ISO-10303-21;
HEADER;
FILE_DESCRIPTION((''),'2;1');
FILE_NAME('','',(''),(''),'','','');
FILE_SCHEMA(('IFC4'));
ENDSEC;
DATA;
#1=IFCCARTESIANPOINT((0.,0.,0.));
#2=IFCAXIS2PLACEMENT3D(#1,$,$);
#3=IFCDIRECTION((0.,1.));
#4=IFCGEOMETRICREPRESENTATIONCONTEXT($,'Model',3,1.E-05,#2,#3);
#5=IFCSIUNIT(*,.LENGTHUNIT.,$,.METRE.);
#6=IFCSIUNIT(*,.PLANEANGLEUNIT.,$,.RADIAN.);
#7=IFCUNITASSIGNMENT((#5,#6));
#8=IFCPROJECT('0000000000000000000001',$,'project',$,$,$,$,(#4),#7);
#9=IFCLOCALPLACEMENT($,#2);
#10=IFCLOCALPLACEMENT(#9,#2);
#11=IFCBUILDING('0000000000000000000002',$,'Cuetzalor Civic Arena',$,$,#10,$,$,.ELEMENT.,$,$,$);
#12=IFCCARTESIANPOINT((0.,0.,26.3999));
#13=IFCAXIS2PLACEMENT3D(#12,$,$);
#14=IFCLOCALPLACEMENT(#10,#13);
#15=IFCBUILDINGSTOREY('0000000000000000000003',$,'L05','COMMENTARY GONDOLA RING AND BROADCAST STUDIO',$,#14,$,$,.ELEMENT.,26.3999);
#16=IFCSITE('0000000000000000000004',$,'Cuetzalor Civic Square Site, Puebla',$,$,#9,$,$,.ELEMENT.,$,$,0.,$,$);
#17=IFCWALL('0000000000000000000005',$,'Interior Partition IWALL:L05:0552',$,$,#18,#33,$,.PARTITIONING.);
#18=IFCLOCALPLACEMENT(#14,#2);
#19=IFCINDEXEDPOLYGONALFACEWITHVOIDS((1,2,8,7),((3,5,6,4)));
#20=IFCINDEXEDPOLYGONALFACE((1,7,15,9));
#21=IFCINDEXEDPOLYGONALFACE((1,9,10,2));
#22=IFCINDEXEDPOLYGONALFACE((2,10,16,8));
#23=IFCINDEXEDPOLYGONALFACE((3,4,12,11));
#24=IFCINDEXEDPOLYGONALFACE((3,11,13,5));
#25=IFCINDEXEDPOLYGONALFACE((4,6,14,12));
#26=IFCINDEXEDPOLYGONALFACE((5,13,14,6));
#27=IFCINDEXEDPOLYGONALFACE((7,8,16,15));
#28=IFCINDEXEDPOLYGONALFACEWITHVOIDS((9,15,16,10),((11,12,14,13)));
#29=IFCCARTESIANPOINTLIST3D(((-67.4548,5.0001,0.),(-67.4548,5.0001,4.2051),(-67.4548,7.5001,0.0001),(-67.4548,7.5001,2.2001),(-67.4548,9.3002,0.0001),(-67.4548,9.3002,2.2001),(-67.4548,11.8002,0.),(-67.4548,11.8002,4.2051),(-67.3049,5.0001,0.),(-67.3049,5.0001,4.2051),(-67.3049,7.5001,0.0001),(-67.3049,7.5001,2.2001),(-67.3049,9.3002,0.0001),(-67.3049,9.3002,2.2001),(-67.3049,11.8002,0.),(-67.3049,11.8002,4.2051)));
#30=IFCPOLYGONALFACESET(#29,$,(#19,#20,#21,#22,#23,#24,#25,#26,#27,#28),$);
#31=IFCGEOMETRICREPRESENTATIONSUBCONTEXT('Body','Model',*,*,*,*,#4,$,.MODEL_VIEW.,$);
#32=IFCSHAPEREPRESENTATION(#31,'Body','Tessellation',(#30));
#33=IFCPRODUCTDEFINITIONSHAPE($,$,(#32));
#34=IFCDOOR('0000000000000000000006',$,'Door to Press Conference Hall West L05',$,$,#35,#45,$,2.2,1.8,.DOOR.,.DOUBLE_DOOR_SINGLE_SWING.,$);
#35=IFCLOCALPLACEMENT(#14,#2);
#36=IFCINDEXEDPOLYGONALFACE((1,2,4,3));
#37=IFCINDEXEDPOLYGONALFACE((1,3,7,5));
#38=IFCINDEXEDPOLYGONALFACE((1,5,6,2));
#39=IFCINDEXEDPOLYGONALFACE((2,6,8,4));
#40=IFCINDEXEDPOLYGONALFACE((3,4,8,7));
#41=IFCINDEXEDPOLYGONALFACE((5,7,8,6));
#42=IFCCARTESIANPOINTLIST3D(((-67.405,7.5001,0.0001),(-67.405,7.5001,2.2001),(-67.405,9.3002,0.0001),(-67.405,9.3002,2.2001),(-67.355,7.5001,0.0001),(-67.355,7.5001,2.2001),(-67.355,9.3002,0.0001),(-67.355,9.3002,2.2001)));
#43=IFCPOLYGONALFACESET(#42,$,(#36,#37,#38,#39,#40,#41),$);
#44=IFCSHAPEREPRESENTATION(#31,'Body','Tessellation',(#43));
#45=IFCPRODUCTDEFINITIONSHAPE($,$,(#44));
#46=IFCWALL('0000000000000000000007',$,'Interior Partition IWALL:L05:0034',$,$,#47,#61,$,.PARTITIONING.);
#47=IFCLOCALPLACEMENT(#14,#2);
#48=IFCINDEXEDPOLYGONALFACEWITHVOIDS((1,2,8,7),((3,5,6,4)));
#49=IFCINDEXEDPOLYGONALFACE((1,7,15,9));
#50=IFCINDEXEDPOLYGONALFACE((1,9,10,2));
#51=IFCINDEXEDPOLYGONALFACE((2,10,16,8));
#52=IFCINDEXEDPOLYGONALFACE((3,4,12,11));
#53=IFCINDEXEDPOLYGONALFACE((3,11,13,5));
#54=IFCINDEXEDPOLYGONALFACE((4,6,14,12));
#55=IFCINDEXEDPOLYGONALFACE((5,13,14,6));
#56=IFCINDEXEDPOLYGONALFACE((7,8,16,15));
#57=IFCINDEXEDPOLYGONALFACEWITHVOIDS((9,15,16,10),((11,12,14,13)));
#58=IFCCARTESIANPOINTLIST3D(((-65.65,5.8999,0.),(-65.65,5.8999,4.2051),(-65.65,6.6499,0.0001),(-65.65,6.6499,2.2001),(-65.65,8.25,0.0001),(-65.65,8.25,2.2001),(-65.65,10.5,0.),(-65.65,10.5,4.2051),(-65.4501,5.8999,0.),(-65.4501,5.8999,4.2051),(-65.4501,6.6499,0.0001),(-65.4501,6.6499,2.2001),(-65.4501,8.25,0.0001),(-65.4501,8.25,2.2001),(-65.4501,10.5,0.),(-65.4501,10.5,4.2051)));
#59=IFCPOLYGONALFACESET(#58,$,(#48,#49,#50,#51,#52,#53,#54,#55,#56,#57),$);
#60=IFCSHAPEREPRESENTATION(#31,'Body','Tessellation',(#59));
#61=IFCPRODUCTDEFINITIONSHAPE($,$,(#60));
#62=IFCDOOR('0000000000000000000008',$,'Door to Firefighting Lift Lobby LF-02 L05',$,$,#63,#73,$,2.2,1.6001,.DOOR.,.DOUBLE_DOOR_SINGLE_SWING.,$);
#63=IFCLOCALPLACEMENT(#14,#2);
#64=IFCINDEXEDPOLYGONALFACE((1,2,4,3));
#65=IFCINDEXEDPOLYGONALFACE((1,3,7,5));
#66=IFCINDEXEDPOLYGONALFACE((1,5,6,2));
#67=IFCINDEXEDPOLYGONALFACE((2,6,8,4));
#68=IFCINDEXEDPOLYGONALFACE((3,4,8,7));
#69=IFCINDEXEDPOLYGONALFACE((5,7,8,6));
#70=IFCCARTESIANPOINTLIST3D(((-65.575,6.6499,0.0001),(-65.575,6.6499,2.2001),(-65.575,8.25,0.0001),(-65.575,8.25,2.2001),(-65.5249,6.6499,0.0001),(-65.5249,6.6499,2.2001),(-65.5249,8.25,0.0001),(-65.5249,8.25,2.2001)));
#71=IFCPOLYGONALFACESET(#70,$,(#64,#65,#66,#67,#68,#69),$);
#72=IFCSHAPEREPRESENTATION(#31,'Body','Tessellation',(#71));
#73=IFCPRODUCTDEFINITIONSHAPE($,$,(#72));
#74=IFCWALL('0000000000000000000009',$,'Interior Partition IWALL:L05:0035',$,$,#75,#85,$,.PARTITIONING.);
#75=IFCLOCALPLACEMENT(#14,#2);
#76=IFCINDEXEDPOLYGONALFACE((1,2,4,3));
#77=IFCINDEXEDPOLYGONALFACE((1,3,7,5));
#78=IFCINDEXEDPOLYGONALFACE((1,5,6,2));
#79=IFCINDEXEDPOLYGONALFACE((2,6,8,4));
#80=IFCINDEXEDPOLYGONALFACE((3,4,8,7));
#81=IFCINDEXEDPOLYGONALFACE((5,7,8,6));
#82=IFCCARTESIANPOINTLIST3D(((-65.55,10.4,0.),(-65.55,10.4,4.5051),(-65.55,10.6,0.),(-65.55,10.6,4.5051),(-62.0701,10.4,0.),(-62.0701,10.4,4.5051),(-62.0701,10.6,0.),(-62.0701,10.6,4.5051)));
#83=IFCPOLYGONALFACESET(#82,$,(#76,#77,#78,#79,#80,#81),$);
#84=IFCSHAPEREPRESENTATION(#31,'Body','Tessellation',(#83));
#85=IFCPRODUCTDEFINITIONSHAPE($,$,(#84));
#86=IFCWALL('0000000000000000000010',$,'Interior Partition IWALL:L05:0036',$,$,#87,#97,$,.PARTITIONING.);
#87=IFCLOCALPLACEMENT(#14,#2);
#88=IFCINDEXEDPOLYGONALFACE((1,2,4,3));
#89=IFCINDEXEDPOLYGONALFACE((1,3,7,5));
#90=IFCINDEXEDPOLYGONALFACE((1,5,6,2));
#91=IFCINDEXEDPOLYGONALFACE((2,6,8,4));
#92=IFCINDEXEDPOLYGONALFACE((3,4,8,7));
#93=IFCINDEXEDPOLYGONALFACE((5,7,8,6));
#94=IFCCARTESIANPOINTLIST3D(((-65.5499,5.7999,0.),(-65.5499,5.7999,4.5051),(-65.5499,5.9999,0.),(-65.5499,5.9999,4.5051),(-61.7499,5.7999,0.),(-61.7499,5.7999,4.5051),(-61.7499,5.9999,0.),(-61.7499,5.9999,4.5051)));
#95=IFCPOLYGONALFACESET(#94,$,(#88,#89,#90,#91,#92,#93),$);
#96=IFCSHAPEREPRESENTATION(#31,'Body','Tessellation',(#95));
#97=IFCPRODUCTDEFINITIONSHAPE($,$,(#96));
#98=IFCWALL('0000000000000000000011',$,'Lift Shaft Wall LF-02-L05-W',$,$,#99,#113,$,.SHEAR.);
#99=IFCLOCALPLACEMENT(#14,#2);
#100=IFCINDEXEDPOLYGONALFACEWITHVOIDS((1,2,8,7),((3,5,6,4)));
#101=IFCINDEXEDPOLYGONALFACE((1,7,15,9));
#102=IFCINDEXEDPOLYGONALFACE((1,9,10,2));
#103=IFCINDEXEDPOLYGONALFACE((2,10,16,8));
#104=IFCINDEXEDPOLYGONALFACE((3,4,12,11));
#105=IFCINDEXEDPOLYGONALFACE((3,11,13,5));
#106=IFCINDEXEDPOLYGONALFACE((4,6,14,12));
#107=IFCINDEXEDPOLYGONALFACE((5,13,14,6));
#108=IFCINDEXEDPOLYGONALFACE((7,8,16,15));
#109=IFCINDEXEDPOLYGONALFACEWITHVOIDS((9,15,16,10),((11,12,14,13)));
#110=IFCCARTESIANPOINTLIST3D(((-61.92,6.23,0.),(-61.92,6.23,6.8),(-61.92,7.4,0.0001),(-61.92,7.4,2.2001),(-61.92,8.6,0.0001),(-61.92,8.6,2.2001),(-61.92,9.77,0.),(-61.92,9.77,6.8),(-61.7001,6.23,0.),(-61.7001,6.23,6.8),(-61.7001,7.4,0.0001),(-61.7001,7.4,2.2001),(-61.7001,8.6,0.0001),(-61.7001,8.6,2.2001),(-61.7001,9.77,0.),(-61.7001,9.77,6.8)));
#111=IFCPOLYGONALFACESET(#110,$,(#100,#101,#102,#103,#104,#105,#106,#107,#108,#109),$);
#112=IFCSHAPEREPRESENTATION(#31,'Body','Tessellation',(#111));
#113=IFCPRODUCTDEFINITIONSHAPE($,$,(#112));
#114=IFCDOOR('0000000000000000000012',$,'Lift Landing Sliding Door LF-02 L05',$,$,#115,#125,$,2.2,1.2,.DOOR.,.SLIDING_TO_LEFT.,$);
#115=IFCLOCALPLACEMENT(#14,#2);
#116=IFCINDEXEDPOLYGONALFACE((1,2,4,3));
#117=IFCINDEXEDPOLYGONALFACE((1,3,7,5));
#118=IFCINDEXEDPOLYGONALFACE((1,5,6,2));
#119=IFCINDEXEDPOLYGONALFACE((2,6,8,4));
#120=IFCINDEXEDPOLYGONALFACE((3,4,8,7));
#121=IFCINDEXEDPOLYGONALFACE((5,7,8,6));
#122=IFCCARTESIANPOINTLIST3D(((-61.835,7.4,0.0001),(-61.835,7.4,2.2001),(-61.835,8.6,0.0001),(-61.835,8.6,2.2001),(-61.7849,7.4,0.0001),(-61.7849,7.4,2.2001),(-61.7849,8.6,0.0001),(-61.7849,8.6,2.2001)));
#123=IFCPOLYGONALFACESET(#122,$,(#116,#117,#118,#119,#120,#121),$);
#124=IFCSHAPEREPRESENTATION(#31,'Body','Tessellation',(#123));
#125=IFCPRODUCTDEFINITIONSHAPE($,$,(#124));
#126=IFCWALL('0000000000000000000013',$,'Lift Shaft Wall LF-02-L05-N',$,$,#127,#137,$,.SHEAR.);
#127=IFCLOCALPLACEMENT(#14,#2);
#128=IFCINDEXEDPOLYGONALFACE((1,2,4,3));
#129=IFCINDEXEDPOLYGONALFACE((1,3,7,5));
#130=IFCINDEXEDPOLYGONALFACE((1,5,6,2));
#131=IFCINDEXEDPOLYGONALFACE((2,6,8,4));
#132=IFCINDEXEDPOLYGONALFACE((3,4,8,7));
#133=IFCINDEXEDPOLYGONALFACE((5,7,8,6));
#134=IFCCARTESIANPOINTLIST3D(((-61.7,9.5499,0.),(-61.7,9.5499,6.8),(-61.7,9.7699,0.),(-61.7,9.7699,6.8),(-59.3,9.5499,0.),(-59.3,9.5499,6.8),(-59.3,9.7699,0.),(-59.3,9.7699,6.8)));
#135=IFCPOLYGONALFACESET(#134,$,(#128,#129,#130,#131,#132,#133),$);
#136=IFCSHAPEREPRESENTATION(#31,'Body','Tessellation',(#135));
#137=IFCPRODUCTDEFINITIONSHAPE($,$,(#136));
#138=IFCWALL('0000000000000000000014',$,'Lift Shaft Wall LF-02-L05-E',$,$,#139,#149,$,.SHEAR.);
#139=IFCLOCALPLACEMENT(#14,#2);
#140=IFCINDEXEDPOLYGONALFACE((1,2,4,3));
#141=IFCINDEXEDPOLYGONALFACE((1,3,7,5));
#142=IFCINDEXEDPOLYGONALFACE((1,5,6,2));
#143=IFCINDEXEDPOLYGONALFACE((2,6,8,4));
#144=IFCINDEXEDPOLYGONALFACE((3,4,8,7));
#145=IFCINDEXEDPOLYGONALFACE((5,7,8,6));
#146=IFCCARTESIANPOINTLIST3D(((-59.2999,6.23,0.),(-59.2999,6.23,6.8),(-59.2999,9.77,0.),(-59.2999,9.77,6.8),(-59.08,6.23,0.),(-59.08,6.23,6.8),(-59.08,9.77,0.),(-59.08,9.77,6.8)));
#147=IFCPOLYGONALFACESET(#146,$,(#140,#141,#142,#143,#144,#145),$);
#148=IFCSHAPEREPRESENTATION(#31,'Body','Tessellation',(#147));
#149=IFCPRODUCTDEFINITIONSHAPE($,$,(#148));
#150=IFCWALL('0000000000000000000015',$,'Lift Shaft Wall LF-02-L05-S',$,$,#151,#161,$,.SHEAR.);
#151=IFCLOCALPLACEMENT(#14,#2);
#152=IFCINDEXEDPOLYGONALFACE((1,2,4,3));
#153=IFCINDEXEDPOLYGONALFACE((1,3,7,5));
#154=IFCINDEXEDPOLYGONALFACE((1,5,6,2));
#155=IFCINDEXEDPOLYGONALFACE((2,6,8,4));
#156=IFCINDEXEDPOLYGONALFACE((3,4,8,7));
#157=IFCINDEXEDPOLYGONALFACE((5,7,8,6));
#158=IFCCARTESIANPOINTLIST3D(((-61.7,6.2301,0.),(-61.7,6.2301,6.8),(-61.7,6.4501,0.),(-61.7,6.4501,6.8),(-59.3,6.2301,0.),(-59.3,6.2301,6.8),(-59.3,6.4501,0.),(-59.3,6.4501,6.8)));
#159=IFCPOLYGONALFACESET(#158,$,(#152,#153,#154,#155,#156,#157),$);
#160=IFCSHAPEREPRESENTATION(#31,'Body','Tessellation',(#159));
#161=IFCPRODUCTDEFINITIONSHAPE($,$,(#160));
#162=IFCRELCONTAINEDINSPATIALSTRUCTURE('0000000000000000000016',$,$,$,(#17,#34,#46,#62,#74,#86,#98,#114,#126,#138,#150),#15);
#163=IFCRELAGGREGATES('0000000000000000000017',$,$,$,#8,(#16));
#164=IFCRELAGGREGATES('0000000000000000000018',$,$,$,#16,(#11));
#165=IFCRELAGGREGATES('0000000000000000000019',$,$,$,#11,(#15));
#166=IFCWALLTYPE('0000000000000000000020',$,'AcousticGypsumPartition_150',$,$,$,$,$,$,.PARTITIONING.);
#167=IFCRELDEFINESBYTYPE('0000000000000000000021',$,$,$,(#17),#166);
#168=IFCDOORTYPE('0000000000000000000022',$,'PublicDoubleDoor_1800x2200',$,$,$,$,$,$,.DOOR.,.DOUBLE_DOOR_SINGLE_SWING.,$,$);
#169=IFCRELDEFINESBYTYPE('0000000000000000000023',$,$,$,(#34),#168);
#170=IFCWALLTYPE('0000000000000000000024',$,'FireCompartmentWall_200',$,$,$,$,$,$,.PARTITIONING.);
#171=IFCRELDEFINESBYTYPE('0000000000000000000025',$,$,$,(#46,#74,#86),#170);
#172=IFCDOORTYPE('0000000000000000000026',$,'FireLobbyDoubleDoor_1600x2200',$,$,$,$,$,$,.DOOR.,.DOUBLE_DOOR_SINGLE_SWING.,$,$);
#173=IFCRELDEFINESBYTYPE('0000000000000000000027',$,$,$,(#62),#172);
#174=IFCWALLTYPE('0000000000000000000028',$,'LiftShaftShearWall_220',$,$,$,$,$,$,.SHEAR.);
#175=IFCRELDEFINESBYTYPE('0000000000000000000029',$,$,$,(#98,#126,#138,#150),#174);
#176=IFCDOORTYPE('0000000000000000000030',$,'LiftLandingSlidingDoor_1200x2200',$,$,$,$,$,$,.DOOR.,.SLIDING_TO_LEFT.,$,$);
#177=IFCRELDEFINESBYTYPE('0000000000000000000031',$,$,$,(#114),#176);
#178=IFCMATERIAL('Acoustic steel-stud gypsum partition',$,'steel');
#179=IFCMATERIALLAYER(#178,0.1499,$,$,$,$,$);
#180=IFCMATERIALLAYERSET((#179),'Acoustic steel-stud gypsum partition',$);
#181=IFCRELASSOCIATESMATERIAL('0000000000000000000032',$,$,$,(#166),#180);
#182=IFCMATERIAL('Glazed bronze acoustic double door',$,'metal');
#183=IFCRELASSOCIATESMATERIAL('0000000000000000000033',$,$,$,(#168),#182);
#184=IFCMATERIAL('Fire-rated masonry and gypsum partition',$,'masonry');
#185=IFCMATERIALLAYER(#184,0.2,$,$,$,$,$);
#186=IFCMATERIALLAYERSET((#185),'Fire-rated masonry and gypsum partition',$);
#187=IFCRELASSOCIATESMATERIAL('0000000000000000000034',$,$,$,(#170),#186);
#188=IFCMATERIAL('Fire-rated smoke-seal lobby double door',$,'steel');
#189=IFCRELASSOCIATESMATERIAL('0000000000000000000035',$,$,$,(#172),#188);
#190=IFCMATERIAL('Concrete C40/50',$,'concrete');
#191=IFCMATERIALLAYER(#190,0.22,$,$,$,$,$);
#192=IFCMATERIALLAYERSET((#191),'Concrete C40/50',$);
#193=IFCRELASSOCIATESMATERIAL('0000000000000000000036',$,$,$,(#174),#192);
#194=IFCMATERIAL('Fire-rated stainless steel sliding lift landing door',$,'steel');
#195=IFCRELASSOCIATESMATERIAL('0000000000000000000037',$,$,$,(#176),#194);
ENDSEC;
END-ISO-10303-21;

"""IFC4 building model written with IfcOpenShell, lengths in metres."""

from ifc_helpers import new_model, si_unit, direction, frame, frame_2d, origin, place, context, subcontext, project, spatial, rectangle, extrude, material, layer, layer_set, type_object, element, fill, save


model = new_model("IFC4")

# Units and contexts
model_context = context("Model", 3, precision=1e-05, world=origin(), true_north=direction((0.0, 1.0)))
body_context = subcontext(model_context, "Body", "Model", "MODEL_VIEW")
ifc_project = project(units=[si_unit("LENGTHUNIT", "METRE"), si_unit("PLANEANGLEUNIT", "RADIAN")], contexts=[model_context])

# Site, building, storey
site_placement = place(None, origin())
site = spatial("IfcSite", under=ifc_project, at=site_placement, Name="Cuetzalor Civic Square Site, Puebla", CompositionType="ELEMENT", RefElevation=0.0)
building_placement = place(site_placement, origin())
building = spatial("IfcBuilding", under=site, at=building_placement, Name="Cuetzalor Civic Arena", CompositionType="ELEMENT")
storey_placement = place(building_placement, frame((0.0, 0.0, 26.3999)))
storey = spatial("IfcBuildingStorey", under=building, at=storey_placement, Name="L05", Description="COMMENTARY GONDOLA RING AND BROADCAST STUDIO", CompositionType="ELEMENT", Elevation=26.3999)

# Shared definitions
ifc_material_1 = material(Name="Acoustic steel-stud gypsum partition", Category="steel")
ifc_layer_1 = layer(ifc_material_1, 0.1499)
ifc_layer_set_1 = layer_set([ifc_layer_1], Name="Acoustic steel-stud gypsum partition")
wall_type_1 = type_object("IfcWallType", Name="AcousticGypsumPartition_150", PredefinedType="PARTITIONING", material=ifc_layer_set_1)

# Walls, openings, doors
wall_1_placement = place(storey_placement, frame((-67.3799, 11.8, 0.0), z_axis=(0.0, 0.0, 1.0), x_axis=(0.0, -1.0, 0.0)))
wall_1 = element("IfcWall", 1, at=wall_1_placement, inside=storey, type_object=wall_type_1, Name="Interior Partition IWALL:L05:0552", PredefinedType="PARTITIONING", context=body_context, shape_type="SweptSolid", body=[
    extrude(rectangle(XDim=6.8, YDim=0.1499, at=frame_2d((3.3999, 0.0))), origin(), (0.0, 0.0, 1.0), 4.2051),
])
opening_1_placement = place(wall_1_placement, frame((2.5, 0.0, 0.0)))
opening_1 = element("IfcOpeningElement", 2, at=opening_1_placement, cuts=wall_1, PredefinedType="OPENING", context=body_context, shape_type="SweptSolid", body=[
    extrude(rectangle(XDim=1.8, YDim=2.2, at=frame_2d((0.8999, 1.1001))), frame((0.0, 0.085, 0.0), z_axis=(0.0, -1.0, 0.0), x_axis=(1.0, 0.0, 0.0)), (0.0, 0.0, 1.0), 0.1699),
])
ifc_material_2 = material(Name="Glazed bronze acoustic double door", Category="metal")
door_type_1 = type_object("IfcDoorType", Name="PublicDoubleDoor_1800x2200", OperationType="DOUBLE_DOOR_SINGLE_SWING", PredefinedType="DOOR", material=ifc_material_2)
door_1_placement = place(opening_1_placement, origin())
door_1 = element("IfcDoor", 3, at=door_1_placement, inside=storey, type_object=door_type_1, Name="Door to Press Conference Hall West L05", OperationType="DOUBLE_DOOR_SINGLE_SWING", OverallHeight=2.2, OverallWidth=1.8, PredefinedType="DOOR", context=body_context, shape_type="SweptSolid", body=[
    extrude(rectangle(XDim=1.8, YDim=2.2, at=frame_2d((0.8999, 1.1001))), frame((0.0, 0.0249, 0.0), z_axis=(0.0, -1.0, 0.0), x_axis=(1.0, 0.0, 0.0)), (0.0, 0.0, 1.0), 0.05),
])
fill(opening_1, door_1)
ifc_material_3 = material(Name="Fire-rated masonry and gypsum partition", Category="masonry")
ifc_layer_2 = layer(ifc_material_3, 0.2)
ifc_layer_set_2 = layer_set([ifc_layer_2], Name="Fire-rated masonry and gypsum partition")
wall_type_2 = type_object("IfcWallType", Name="FireCompartmentWall_200", PredefinedType="PARTITIONING", material=ifc_layer_set_2)
wall_2_placement = place(storey_placement, frame((-65.55, 5.8999, 0.0), z_axis=(0.0, 0.0, 1.0), x_axis=(0.0, 1.0, 0.0)))
wall_2 = element("IfcWall", 4, at=wall_2_placement, inside=storey, type_object=wall_type_2, Name="Interior Partition IWALL:L05:0034", PredefinedType="PARTITIONING", context=body_context, shape_type="SweptSolid", body=[
    extrude(rectangle(XDim=4.6001, YDim=0.2, at=frame_2d((2.3, 0.0))), origin(), (0.0, 0.0, 1.0), 4.2051),
])
opening_2_placement = place(wall_2_placement, frame((0.75, 0.0, 0.0)))
opening_2 = element("IfcOpeningElement", 5, at=opening_2_placement, cuts=wall_2, PredefinedType="OPENING", context=body_context, shape_type="SweptSolid", body=[
    extrude(rectangle(XDim=1.6001, YDim=2.2, at=frame_2d((0.8, 1.1001))), frame((0.0, 0.1099, 0.0), z_axis=(0.0, -1.0, 0.0), x_axis=(1.0, 0.0, 0.0)), (0.0, 0.0, 1.0), 0.22),
])
ifc_material_4 = material(Name="Fire-rated smoke-seal lobby double door", Category="steel")
door_type_2 = type_object("IfcDoorType", Name="FireLobbyDoubleDoor_1600x2200", OperationType="DOUBLE_DOOR_SINGLE_SWING", PredefinedType="DOOR", material=ifc_material_4)
door_2_placement = place(opening_2_placement, origin())
door_2 = element("IfcDoor", 6, at=door_2_placement, inside=storey, type_object=door_type_2, Name="Door to Firefighting Lift Lobby LF-02 L05", OperationType="DOUBLE_DOOR_SINGLE_SWING", OverallHeight=2.2, OverallWidth=1.6001, PredefinedType="DOOR", context=body_context, shape_type="SweptSolid", body=[
    extrude(rectangle(XDim=1.6001, YDim=2.2, at=frame_2d((0.8, 1.1001))), frame((0.0, 0.0249, 0.0), z_axis=(0.0, -1.0, 0.0), x_axis=(1.0, 0.0, 0.0)), (0.0, 0.0, 1.0), 0.05),
])
fill(opening_2, door_2)

# Walls
wall_3_placement = place(storey_placement, frame((-65.55, 10.5, 0.0), z_axis=(0.0, 0.0, 1.0), x_axis=(1.0, 0.0, 0.0)))
element("IfcWall", 7, at=wall_3_placement, inside=storey, type_object=wall_type_2, Name="Interior Partition IWALL:L05:0035", PredefinedType="PARTITIONING", context=body_context, shape_type="SweptSolid", body=[
    extrude(rectangle(XDim=3.48, YDim=0.2, at=frame_2d((1.74, 0.0))), origin(), (0.0, 0.0, 1.0), 4.5051),
])
wall_4_placement = place(storey_placement, frame((-61.75, 5.8999, 0.0), z_axis=(0.0, 0.0, 1.0), x_axis=(-1.0, 0.0, 0.0)))
element("IfcWall", 8, at=wall_4_placement, inside=storey, type_object=wall_type_2, Name="Interior Partition IWALL:L05:0036", PredefinedType="PARTITIONING", context=body_context, shape_type="SweptSolid", body=[
    extrude(rectangle(XDim=3.8, YDim=0.2, at=frame_2d((1.8999, 0.0))), origin(), (0.0, 0.0, 1.0), 4.5051),
])

# Wall, opening, door
ifc_material_5 = material(Name="Concrete C40/50", Category="concrete")
ifc_layer_3 = layer(ifc_material_5, 0.22)
ifc_layer_set_3 = layer_set([ifc_layer_3], Name="Concrete C40/50")
wall_type_3 = type_object("IfcWallType", Name="LiftShaftShearWall_220", PredefinedType="SHEAR", material=ifc_layer_set_3)
wall_5_placement = place(storey_placement, frame((-61.8101, 6.23, 0.0), z_axis=(0.0, 0.0, 1.0), x_axis=(0.0, 1.0, 0.0)))
wall_5 = element("IfcWall", 9, at=wall_5_placement, inside=storey, type_object=wall_type_3, Name="Lift Shaft Wall LF-02-L05-W", PredefinedType="SHEAR", context=body_context, shape_type="SweptSolid", body=[
    extrude(rectangle(XDim=3.54, YDim=0.22, at=frame_2d((1.77, 0.0))), origin(), (0.0, 0.0, 1.0), 6.8),
])
opening_3_placement = place(wall_5_placement, frame((1.1699, 0.0, 0.0)))
opening_3 = element("IfcOpeningElement", 10, at=opening_3_placement, cuts=wall_5, PredefinedType="OPENING", context=body_context, shape_type="SweptSolid", body=[
    extrude(rectangle(XDim=1.2, YDim=2.2, at=frame_2d((0.6001, 1.1001))), frame((0.0, 0.1201, 0.0), z_axis=(0.0, -1.0, 0.0), x_axis=(1.0, 0.0, 0.0)), (0.0, 0.0, 1.0), 0.24),
])
ifc_material_6 = material(Name="Fire-rated stainless steel sliding lift landing door", Category="steel")
door_type_3 = type_object("IfcDoorType", Name="LiftLandingSlidingDoor_1200x2200", OperationType="SLIDING_TO_LEFT", PredefinedType="DOOR", material=ifc_material_6)
door_3_placement = place(opening_3_placement, origin())
door_3 = element("IfcDoor", 11, at=door_3_placement, inside=storey, type_object=door_type_3, Name="Lift Landing Sliding Door LF-02 L05", OperationType="SLIDING_TO_LEFT", OverallHeight=2.2, OverallWidth=1.2, PredefinedType="DOOR", context=body_context, shape_type="SweptSolid", body=[
    extrude(rectangle(XDim=1.2, YDim=2.2, at=frame_2d((0.6001, 1.1001))), frame((0.0, 0.0249, 0.0), z_axis=(0.0, -1.0, 0.0), x_axis=(1.0, 0.0, 0.0)), (0.0, 0.0, 1.0), 0.05),
])
fill(opening_3, door_3)

# Walls
wall_6_placement = place(storey_placement, frame((-61.7, 9.6599, 0.0), z_axis=(0.0, 0.0, 1.0), x_axis=(1.0, 0.0, 0.0)))
element("IfcWall", 12, at=wall_6_placement, inside=storey, type_object=wall_type_3, Name="Lift Shaft Wall LF-02-L05-N", PredefinedType="SHEAR", context=body_context, shape_type="SweptSolid", body=[
    extrude(rectangle(XDim=2.3999, YDim=0.22, at=frame_2d((1.2, 0.0))), origin(), (0.0, 0.0, 1.0), 6.8),
])
wall_7_placement = place(storey_placement, frame((-59.1899, 9.77, 0.0), z_axis=(0.0, 0.0, 1.0), x_axis=(0.0, -1.0, 0.0)))
element("IfcWall", 13, at=wall_7_placement, inside=storey, type_object=wall_type_3, Name="Lift Shaft Wall LF-02-L05-E", PredefinedType="SHEAR", context=body_context, shape_type="SweptSolid", body=[
    extrude(rectangle(XDim=3.54, YDim=0.22, at=frame_2d((1.77, 0.0))), origin(), (0.0, 0.0, 1.0), 6.8),
])
wall_8_placement = place(storey_placement, frame((-59.3, 6.3401, 0.0), z_axis=(0.0, 0.0, 1.0), x_axis=(-1.0, 0.0, 0.0)))
element("IfcWall", 14, at=wall_8_placement, inside=storey, type_object=wall_type_3, Name="Lift Shaft Wall LF-02-L05-S", PredefinedType="SHEAR", context=body_context, shape_type="SweptSolid", body=[
    extrude(rectangle(XDim=2.3999, YDim=0.22, at=frame_2d((1.2, 0.0))), origin(), (0.0, 0.0, 1.0), 6.8),
])

save(model, "model.ifc")
